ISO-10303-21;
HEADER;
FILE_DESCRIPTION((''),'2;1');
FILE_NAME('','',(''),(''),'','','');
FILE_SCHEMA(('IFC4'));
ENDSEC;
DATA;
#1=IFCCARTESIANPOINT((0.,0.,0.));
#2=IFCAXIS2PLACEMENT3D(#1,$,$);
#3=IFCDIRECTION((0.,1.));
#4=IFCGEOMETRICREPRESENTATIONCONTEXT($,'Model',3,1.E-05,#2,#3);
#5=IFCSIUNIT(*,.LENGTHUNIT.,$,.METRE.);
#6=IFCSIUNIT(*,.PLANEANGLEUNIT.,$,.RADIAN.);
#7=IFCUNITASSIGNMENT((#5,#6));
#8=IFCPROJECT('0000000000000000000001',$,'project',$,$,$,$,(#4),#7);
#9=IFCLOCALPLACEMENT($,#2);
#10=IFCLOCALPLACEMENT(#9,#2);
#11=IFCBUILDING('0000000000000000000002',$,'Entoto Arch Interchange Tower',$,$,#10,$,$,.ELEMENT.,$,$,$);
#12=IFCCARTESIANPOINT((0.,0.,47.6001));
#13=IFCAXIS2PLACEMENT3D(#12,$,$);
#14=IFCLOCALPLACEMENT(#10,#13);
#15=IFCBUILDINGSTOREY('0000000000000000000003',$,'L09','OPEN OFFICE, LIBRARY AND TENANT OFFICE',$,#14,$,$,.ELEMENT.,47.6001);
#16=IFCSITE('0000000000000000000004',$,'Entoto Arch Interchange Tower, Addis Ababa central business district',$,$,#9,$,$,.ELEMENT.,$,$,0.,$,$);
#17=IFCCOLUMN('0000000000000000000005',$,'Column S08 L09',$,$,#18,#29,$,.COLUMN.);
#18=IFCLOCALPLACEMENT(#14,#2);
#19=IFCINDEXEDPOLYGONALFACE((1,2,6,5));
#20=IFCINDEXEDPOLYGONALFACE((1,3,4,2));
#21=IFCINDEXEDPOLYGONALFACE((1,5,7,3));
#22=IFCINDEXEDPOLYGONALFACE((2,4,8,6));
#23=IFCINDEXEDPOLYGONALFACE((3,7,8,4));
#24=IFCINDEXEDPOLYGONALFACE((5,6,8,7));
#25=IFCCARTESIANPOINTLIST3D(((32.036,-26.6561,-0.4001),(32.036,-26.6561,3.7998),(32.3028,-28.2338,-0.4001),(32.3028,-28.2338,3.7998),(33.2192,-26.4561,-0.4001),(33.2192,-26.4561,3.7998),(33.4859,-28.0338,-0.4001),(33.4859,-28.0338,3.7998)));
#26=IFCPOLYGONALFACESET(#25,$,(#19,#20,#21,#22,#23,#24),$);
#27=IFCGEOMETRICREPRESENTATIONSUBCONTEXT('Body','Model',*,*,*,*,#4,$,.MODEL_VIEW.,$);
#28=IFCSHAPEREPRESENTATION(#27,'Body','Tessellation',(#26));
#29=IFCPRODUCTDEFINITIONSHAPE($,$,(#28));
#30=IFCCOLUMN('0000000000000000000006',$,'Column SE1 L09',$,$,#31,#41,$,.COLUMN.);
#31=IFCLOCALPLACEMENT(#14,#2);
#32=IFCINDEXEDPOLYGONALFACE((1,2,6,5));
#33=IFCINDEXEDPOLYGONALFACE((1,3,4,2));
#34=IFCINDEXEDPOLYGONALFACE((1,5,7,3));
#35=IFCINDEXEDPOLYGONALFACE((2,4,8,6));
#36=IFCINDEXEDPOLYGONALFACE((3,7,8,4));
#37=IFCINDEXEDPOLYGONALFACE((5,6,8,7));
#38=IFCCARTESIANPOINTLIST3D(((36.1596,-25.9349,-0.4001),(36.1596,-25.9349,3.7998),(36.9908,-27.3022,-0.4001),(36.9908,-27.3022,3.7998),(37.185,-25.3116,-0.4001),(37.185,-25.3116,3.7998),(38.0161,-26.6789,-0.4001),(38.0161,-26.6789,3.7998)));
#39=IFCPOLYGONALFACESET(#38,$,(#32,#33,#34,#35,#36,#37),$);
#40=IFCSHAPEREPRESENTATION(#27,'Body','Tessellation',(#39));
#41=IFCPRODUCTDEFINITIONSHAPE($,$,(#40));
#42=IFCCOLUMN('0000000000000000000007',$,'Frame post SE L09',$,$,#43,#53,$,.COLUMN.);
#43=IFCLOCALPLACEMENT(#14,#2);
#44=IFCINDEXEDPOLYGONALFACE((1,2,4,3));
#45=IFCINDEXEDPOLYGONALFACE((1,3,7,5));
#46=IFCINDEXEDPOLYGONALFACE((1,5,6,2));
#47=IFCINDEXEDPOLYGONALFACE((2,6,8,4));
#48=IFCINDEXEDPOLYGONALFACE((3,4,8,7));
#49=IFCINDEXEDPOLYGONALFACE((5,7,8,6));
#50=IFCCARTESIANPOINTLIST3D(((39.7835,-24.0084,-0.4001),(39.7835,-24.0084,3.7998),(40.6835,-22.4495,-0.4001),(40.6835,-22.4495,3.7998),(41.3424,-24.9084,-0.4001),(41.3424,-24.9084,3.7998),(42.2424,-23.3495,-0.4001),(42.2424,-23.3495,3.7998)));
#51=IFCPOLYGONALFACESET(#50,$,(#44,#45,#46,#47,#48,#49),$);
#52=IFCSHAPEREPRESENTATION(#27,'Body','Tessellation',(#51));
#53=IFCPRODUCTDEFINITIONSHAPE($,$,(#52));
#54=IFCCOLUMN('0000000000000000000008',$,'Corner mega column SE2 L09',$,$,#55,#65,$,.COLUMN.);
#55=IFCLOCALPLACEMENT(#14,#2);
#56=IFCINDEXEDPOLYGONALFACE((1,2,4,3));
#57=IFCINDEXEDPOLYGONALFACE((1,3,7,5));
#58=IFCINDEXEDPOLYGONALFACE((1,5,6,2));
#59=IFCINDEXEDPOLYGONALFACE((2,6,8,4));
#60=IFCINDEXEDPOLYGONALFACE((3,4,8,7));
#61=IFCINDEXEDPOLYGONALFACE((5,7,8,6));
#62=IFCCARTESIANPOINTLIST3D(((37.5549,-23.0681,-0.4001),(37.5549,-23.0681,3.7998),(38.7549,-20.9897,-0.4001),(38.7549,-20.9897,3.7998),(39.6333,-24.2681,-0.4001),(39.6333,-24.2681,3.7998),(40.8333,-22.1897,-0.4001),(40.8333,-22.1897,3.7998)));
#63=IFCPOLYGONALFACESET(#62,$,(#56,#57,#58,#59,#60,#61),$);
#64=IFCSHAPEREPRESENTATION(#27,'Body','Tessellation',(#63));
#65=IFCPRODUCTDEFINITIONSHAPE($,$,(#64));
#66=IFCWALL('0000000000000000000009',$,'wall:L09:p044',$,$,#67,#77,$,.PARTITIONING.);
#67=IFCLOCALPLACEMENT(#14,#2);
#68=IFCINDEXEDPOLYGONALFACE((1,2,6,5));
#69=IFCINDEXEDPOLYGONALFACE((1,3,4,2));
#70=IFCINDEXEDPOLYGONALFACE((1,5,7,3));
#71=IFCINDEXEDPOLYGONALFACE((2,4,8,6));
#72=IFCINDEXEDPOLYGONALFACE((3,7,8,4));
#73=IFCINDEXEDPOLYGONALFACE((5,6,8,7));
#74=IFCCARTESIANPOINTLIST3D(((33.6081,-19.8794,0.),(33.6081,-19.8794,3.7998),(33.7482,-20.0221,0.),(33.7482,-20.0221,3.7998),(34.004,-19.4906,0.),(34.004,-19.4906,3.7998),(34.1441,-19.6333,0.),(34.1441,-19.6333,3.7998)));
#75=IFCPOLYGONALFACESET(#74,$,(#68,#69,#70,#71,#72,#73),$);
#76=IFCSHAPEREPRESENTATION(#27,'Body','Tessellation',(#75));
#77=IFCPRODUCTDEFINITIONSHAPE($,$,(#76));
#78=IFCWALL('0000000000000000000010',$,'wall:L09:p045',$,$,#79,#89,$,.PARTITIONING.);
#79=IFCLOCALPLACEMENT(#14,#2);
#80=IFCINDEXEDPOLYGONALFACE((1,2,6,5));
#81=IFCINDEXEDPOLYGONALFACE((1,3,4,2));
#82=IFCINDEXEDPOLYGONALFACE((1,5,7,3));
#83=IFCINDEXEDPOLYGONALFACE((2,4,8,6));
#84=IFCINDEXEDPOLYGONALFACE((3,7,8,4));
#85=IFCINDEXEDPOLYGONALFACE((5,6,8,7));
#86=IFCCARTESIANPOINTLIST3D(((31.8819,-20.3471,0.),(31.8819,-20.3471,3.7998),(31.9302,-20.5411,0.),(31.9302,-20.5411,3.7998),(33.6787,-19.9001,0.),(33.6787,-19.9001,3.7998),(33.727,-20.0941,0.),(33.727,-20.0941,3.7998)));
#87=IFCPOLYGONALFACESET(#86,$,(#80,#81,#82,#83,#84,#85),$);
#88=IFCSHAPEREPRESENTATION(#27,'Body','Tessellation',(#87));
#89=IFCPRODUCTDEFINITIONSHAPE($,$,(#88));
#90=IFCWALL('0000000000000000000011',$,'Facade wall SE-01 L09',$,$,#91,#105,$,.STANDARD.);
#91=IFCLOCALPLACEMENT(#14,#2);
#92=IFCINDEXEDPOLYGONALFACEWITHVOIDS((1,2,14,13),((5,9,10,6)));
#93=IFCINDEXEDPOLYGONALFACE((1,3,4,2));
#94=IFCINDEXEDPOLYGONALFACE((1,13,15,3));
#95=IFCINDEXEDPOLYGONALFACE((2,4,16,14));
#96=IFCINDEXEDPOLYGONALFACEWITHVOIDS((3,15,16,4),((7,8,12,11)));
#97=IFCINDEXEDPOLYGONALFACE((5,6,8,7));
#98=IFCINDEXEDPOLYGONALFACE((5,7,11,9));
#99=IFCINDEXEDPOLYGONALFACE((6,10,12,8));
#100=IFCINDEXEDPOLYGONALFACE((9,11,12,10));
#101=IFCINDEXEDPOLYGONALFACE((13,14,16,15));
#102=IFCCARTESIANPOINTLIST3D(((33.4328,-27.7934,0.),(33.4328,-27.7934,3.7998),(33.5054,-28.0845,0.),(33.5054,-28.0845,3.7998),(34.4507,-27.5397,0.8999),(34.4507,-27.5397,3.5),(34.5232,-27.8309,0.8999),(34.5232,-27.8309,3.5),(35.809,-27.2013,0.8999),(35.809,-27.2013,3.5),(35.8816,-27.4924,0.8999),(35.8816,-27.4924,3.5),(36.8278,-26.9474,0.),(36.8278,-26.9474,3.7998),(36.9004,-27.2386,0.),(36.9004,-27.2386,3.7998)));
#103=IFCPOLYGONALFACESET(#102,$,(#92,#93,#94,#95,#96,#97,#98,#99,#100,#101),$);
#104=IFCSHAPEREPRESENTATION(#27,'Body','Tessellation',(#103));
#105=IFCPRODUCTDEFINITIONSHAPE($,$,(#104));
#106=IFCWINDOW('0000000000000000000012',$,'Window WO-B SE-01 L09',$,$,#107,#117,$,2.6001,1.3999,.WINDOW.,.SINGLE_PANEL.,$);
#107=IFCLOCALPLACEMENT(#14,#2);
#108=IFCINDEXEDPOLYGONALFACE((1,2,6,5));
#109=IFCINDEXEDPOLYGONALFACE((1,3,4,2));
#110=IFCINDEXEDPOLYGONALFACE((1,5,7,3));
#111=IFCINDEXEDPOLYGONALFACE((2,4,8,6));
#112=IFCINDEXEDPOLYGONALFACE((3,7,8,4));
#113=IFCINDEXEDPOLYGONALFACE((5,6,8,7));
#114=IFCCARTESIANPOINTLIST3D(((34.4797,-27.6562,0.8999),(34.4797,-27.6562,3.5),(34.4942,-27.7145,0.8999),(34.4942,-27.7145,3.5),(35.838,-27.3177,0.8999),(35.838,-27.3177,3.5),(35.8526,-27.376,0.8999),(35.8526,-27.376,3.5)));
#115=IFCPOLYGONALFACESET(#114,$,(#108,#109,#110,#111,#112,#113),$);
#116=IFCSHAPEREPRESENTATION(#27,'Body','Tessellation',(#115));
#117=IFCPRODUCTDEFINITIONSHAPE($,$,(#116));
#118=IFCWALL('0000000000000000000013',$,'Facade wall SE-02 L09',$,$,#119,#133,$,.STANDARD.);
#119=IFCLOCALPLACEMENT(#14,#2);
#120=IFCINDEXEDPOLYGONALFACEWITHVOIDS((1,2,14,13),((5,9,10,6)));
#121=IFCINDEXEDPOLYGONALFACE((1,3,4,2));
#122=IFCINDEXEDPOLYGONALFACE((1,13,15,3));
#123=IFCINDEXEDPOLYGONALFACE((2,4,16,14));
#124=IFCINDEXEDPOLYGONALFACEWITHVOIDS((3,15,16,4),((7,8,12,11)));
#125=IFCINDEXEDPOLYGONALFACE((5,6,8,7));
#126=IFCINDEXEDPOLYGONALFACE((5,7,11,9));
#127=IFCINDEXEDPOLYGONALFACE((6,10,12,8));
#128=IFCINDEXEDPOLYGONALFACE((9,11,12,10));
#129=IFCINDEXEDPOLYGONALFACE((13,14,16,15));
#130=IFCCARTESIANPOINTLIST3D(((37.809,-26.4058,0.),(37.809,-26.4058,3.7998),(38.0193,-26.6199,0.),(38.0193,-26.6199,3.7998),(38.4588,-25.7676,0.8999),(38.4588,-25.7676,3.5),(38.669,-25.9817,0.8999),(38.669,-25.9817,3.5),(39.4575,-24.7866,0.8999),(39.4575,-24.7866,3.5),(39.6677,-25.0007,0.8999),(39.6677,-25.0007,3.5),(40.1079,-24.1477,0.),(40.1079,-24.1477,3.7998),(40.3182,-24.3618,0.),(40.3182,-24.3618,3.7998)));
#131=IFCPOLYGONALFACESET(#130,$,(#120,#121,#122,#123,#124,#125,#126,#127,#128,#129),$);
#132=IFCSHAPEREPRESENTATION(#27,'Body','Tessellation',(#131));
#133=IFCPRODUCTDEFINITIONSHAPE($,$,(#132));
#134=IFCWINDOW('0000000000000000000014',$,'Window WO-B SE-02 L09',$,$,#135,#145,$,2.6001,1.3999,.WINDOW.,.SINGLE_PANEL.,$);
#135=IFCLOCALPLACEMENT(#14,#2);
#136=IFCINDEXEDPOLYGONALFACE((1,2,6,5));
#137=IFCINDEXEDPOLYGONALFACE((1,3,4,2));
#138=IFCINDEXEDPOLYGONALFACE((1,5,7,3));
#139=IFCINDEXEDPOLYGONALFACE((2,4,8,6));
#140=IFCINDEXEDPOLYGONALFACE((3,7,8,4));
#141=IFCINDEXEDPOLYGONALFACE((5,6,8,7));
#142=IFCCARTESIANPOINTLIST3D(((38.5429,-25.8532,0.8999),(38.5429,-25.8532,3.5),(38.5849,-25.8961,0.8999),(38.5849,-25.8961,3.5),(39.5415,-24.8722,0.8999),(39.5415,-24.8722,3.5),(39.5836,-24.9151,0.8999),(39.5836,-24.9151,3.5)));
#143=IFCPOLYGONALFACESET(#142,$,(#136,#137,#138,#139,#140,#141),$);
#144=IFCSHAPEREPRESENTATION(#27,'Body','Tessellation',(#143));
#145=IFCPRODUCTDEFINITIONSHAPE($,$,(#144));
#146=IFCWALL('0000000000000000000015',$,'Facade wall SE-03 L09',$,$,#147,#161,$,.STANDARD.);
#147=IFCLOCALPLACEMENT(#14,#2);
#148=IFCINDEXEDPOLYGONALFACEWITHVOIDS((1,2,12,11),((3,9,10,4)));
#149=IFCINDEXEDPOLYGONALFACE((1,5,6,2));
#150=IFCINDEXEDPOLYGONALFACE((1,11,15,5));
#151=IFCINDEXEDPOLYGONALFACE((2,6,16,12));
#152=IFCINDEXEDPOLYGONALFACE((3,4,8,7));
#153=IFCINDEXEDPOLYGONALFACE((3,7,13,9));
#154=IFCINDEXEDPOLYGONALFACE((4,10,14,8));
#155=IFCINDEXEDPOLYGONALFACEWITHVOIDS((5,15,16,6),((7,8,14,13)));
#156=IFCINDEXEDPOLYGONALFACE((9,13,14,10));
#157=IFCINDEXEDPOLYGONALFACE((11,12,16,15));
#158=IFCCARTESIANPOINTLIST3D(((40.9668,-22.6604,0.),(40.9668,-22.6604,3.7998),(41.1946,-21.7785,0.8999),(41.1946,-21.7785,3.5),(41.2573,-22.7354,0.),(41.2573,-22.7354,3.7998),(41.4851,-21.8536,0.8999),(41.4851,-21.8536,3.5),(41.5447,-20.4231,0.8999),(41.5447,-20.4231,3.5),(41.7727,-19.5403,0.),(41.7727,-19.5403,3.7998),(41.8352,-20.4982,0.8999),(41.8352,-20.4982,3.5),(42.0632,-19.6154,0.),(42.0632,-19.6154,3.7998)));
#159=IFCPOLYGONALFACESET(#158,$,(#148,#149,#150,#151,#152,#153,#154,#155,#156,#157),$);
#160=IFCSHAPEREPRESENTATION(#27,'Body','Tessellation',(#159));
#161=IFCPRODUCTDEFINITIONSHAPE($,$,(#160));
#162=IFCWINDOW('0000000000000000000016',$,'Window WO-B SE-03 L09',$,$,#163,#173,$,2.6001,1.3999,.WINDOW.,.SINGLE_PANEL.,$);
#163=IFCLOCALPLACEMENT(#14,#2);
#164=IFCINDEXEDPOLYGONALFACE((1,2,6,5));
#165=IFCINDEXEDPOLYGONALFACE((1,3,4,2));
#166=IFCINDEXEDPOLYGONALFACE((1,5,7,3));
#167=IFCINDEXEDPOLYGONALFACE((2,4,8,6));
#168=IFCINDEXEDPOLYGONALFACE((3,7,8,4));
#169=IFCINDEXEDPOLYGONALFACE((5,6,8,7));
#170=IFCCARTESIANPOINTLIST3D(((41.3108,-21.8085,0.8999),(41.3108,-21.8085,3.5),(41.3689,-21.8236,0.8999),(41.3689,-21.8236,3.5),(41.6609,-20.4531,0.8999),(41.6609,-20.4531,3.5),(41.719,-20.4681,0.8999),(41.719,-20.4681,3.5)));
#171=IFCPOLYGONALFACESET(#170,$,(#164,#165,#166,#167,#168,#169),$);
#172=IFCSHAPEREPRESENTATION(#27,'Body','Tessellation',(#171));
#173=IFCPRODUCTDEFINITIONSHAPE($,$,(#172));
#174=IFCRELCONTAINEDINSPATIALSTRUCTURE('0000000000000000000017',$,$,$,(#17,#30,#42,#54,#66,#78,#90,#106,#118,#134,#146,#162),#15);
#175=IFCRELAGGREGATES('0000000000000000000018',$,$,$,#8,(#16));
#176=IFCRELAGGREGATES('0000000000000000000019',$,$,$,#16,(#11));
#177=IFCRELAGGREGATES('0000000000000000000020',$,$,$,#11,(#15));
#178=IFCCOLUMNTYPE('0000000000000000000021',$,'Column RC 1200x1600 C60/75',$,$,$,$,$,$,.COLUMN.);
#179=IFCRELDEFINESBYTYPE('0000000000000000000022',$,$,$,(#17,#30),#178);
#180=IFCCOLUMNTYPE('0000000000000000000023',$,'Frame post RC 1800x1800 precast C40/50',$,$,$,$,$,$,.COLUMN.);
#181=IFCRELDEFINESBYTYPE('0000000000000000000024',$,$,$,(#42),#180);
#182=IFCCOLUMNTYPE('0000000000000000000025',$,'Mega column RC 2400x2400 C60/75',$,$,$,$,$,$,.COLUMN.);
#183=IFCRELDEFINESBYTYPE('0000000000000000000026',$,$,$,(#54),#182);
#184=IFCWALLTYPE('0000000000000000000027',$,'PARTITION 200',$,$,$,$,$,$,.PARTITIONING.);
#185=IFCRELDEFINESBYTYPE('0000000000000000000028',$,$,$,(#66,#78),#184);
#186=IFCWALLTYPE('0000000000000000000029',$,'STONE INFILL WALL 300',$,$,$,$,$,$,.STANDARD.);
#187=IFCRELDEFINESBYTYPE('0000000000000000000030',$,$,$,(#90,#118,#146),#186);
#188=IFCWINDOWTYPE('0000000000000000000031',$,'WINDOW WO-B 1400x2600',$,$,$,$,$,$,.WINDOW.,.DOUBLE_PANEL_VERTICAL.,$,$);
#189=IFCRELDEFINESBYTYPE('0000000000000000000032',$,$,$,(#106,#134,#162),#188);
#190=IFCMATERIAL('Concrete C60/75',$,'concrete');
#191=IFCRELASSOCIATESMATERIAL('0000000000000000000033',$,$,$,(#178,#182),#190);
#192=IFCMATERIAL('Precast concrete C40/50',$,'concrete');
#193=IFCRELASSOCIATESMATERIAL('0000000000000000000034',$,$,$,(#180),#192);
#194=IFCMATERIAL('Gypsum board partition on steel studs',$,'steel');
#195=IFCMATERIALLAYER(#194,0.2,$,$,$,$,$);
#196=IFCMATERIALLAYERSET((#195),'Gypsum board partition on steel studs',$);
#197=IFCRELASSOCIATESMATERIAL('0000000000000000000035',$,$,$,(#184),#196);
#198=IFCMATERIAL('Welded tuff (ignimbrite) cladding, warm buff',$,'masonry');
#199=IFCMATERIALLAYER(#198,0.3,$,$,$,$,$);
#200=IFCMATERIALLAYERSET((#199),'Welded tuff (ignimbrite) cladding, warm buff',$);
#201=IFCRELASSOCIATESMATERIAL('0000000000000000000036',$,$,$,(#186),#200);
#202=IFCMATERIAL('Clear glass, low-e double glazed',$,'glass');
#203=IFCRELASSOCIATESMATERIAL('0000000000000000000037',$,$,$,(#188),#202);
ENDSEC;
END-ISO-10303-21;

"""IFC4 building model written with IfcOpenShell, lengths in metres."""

from ifc_helpers import new_model, si_unit, direction, frame, frame_2d, origin, origin_2d, place, context, subcontext, project, spatial, rectangle, extrude, material, layer, layer_set, material_profile, profile_set, type_object, element, fill, save


model = new_model("IFC4")

# Units and contexts
model_context = context("Model", 3, precision=1e-05, world=origin(), true_north=direction((0.0, 1.0)))
body_context = subcontext(model_context, "Body", "Model", "MODEL_VIEW")
ifc_project = project(units=[si_unit("LENGTHUNIT", "METRE"), si_unit("PLANEANGLEUNIT", "RADIAN")], contexts=[model_context])

# Site, building, storey
site_placement = place(None, origin())
site = spatial("IfcSite", under=ifc_project, at=site_placement, Name="Entoto Arch Interchange Tower, Addis Ababa central business district", CompositionType="ELEMENT", RefElevation=0.0)
building_placement = place(site_placement, origin())
building = spatial("IfcBuilding", under=site, at=building_placement, Name="Entoto Arch Interchange Tower", CompositionType="ELEMENT")
storey_placement = place(building_placement, frame((0.0, 0.0, 47.6001)))
storey = spatial("IfcBuildingStorey", under=building, at=storey_placement, Name="L09", Description="OPEN OFFICE, LIBRARY AND TENANT OFFICE", CompositionType="ELEMENT", Elevation=47.6001)

# Columns
ifc_material_1 = material(Name="Concrete C60/75", Category="concrete")
ifc_material_profile_1 = material_profile(ifc_material_1, rectangle(XDim=1.2, YDim=1.6001, at=origin_2d()))
ifc_profile_set_1 = profile_set([ifc_material_profile_1], Name="Concrete C60/75")
column_type_1 = type_object("IfcColumnType", Name="Column RC 1200x1600 C60/75", PredefinedType="COLUMN", material=ifc_profile_set_1)
for number, where, z_axis, x_axis, name in (
    (1, (32.761, -27.345, -0.4001), (0.0, 0.0, 1.0), (0.986005, 0.166717, 0.0), "Column S08 L09"),
    (2, (37.0879, -26.3069, -0.4001), (0.0, 0.0, 1.0), (0.854522, 0.519415, 0.0), "Column SE1 L09"),
):
    element("IfcColumn", number, at=place(storey_placement, frame(where, z_axis=z_axis, x_axis=x_axis)), inside=storey, type_object=column_type_1, Name=name, PredefinedType="COLUMN", context=body_context, shape_type="SweptSolid", body=[
        extrude(rectangle(XDim=1.2, YDim=1.6001, at=origin_2d()), origin(), (0.0, 0.0, 1.0), 4.2),
    ])
ifc_material_2 = material(Name="Precast concrete C40/50", Category="concrete")
ifc_material_profile_2 = material_profile(ifc_material_2, rectangle(XDim=1.8, YDim=1.8, at=origin_2d()))
ifc_profile_set_2 = profile_set([ifc_material_profile_2], Name="Precast concrete C40/50")
column_type_2 = type_object("IfcColumnType", Name="Frame post RC 1800x1800 precast C40/50", PredefinedType="COLUMN", material=ifc_profile_set_2)
column_1_placement = place(storey_placement, frame((41.0129, -23.679, -0.4001), z_axis=(0.0, 0.0, 1.0), x_axis=(-0.866025, 0.5, 0.0)))
element("IfcColumn", 3, at=column_1_placement, inside=storey, type_object=column_type_2, Name="Frame post SE L09", PredefinedType="COLUMN", context=body_context, shape_type="SweptSolid", body=[
    extrude(rectangle(XDim=1.8, YDim=1.8, at=origin_2d()), origin(), (0.0, 0.0, 1.0), 4.2),
])
ifc_material_profile_3 = material_profile(ifc_material_1, rectangle(XDim=2.3999, YDim=2.3999, at=origin_2d()))
ifc_profile_set_3 = profile_set([ifc_material_profile_3], Name="Concrete C60/75")
column_type_3 = type_object("IfcColumnType", Name="Mega column RC 2400x2400 C60/75", PredefinedType="COLUMN", material=ifc_profile_set_3)
column_2_placement = place(storey_placement, frame((39.1941, -22.6289, -0.4001), z_axis=(0.0, 0.0, 1.0), x_axis=(-0.866025, 0.5, 0.0)))
element("IfcColumn", 4, at=column_2_placement, inside=storey, type_object=column_type_3, Name="Corner mega column SE2 L09", PredefinedType="COLUMN", context=body_context, shape_type="SweptSolid", body=[
    extrude(rectangle(XDim=2.3999, YDim=2.3999, at=origin_2d()), origin(), (0.0, 0.0, 1.0), 4.2),
])

# Walls
ifc_material_3 = material(Name="Gypsum board partition on steel studs", Category="steel")
ifc_layer_1 = layer(ifc_material_3, 0.2)
ifc_layer_set_1 = layer_set([ifc_layer_1], Name="Gypsum board partition on steel studs")
wall_type_1 = type_object("IfcWallType", Name="PARTITION 200", PredefinedType="PARTITIONING", material=ifc_layer_set_1)
wall_1_placement = place(storey_placement, frame((34.074, -19.562, 0.0), z_axis=(0.0, 0.0, 1.0), x_axis=(-0.713456, -0.7007, 0.0)))
element("IfcWall", 5, at=wall_1_placement, inside=storey, type_object=wall_type_1, Name="wall:L09:p044", PredefinedType="PARTITIONING", context=body_context, shape_type="SweptSolid", body=[
    extrude(rectangle(XDim=0.5549, YDim=0.2, at=frame_2d((0.2773, 0.0))), origin(), (0.0, 0.0, 1.0), 3.7998),
])
wall_2_placement = place(storey_placement, frame((33.7029, -19.9971, 0.0), z_axis=(0.0, 0.0, 1.0), x_axis=(-0.970421, -0.241419, 0.0)))
element("IfcWall", 6, at=wall_2_placement, inside=storey, type_object=wall_type_1, Name="wall:L09:p045", PredefinedType="PARTITIONING", context=body_context, shape_type="SweptSolid", body=[
    extrude(rectangle(XDim=1.8516, YDim=0.2, at=frame_2d((0.9258, 0.0))), origin(), (0.0, 0.0, 1.0), 3.7998),
])

# Walls, openings, windows
ifc_material_4 = material(Name="Welded tuff (ignimbrite) cladding, warm buff", Category="masonry")
ifc_layer_2 = layer(ifc_material_4, 0.3)
ifc_layer_set_2 = layer_set([ifc_layer_2], Name="Welded tuff (ignimbrite) cladding, warm buff")
wall_type_2 = type_object("IfcWallType", Name="STONE INFILL WALL 300", PredefinedType="STANDARD", material=ifc_layer_set_2)
wall_3_placement = place(storey_placement, frame((33.469, -27.939, 0.0), z_axis=(0.0, 0.0, 1.0), x_axis=(0.970331, 0.24178, 0.0)))
wall_3 = element("IfcWall", 7, at=wall_3_placement, inside=storey, type_object=wall_type_2, Name="Facade wall SE-01 L09", PredefinedType="STANDARD", context=body_context, shape_type="SweptSolid", body=[
    extrude(rectangle(XDim=3.4988, YDim=0.3, at=frame_2d((1.7495, 0.0))), origin(), (0.0, 0.0, 1.0), 3.7998),
])
opening_1_placement = place(wall_3_placement, frame((1.0491, 0.0, 0.8999)))
opening_1 = element("IfcOpeningElement", 8, at=opening_1_placement, cuts=wall_3, PredefinedType="OPENING", context=body_context, shape_type="SweptSolid", body=[
    extrude(rectangle(XDim=1.3999, YDim=2.6001, at=frame_2d((0.7, 1.3))), frame((0.0, 0.1602, 0.0), z_axis=(0.0, -1.0, 0.0), x_axis=(1.0, 0.0, 0.0)), (0.0, 0.0, 1.0), 0.3201),
])
ifc_material_5 = material(Name="Clear glass, low-e double glazed", Category="glass")
window_type = type_object("IfcWindowType", Name="WINDOW WO-B 1400x2600", PartitioningType="DOUBLE_PANEL_VERTICAL", PredefinedType="WINDOW", material=ifc_material_5)
window_1_placement = place(opening_1_placement, origin())
window_1 = element("IfcWindow", 9, at=window_1_placement, inside=storey, type_object=window_type, Name="Window WO-B SE-01 L09", OverallHeight=2.6001, OverallWidth=1.3999, PartitioningType="SINGLE_PANEL", PredefinedType="WINDOW", context=body_context, shape_type="SweptSolid", body=[
    extrude(rectangle(XDim=1.3999, YDim=2.6001, at=frame_2d((0.7, 1.3))), frame((0.0, 0.03, 0.0), z_axis=(0.0, -1.0, 0.0), x_axis=(1.0, 0.0, 0.0)), (0.0, 0.0, 1.0), 0.0601),
])
fill(opening_1, window_1)
wall_4_placement = place(storey_placement, frame((37.9141, -26.5129, 0.0), z_axis=(0.0, 0.0, 1.0), x_axis=(0.713405, 0.700752, 0.0)))
wall_4 = element("IfcWall", 10, at=wall_4_placement, inside=storey, type_object=wall_type_2, Name="Facade wall SE-02 L09", PredefinedType="STANDARD", context=body_context, shape_type="SweptSolid", body=[
    extrude(rectangle(XDim=3.2224, YDim=0.3, at=frame_2d((1.6113, 0.0))), origin(), (0.0, 0.0, 1.0), 3.7998),
])
opening_2_placement = place(wall_4_placement, frame((0.9109, 0.0, 0.8999)))
opening_2 = element("IfcOpeningElement", 11, at=opening_2_placement, cuts=wall_4, PredefinedType="OPENING", context=body_context, shape_type="SweptSolid", body=[
    extrude(rectangle(XDim=1.3999, YDim=2.6001, at=frame_2d((0.7, 1.3))), frame((0.0, 0.1602, 0.0), z_axis=(0.0, -1.0, 0.0), x_axis=(1.0, 0.0, 0.0)), (0.0, 0.0, 1.0), 0.3201),
])
window_2_placement = place(opening_2_placement, origin())
window_2 = element("IfcWindow", 12, at=window_2_placement, inside=storey, type_object=window_type, Name="Window WO-B SE-02 L09", OverallHeight=2.6001, OverallWidth=1.3999, PartitioningType="SINGLE_PANEL", PredefinedType="WINDOW", context=body_context, shape_type="SweptSolid", body=[
    extrude(rectangle(XDim=1.3999, YDim=2.6001, at=frame_2d((0.7, 1.3))), frame((0.0, 0.03, 0.0), z_axis=(0.0, -1.0, 0.0), x_axis=(1.0, 0.0, 0.0)), (0.0, 0.0, 1.0), 0.0601),
])
fill(opening_2, window_2)
wall_5_placement = place(storey_placement, frame((41.1121, -22.698, 0.0), z_axis=(0.0, 0.0, 1.0), x_axis=(0.250087, 0.968223, 0.0)))
wall_5 = element("IfcWall", 13, at=wall_5_placement, inside=storey, type_object=wall_type_2, Name="Facade wall SE-03 L09", PredefinedType="STANDARD", context=body_context, shape_type="SweptSolid", body=[
    extrude(rectangle(XDim=3.2224, YDim=0.3, at=frame_2d((1.6113, 0.0))), origin(), (0.0, 0.0, 1.0), 3.7998),
])
opening_3_placement = place(wall_5_placement, frame((0.9109, 0.0, 0.8999)))
opening_3 = element("IfcOpeningElement", 14, at=opening_3_placement, cuts=wall_5, PredefinedType="OPENING", context=body_context, shape_type="SweptSolid", body=[
    extrude(rectangle(XDim=1.3999, YDim=2.6001, at=frame_2d((0.7, 1.3))), frame((0.0, 0.1602, 0.0), z_axis=(0.0, -1.0, 0.0), x_axis=(1.0, 0.0, 0.0)), (0.0, 0.0, 1.0), 0.3201),
])
window_3_placement = place(opening_3_placement, origin())
window_3 = element("IfcWindow", 15, at=window_3_placement, inside=storey, type_object=window_type, Name="Window WO-B SE-03 L09", OverallHeight=2.6001, OverallWidth=1.3999, PartitioningType="SINGLE_PANEL", PredefinedType="WINDOW", context=body_context, shape_type="SweptSolid", body=[
    extrude(rectangle(XDim=1.3999, YDim=2.6001, at=frame_2d((0.7, 1.3))), frame((0.0, 0.03, 0.0), z_axis=(0.0, -1.0, 0.0), x_axis=(1.0, 0.0, 0.0)), (0.0, 0.0, 1.0), 0.0601),
])
fill(opening_3, window_3)

save(model, "model.ifc")
